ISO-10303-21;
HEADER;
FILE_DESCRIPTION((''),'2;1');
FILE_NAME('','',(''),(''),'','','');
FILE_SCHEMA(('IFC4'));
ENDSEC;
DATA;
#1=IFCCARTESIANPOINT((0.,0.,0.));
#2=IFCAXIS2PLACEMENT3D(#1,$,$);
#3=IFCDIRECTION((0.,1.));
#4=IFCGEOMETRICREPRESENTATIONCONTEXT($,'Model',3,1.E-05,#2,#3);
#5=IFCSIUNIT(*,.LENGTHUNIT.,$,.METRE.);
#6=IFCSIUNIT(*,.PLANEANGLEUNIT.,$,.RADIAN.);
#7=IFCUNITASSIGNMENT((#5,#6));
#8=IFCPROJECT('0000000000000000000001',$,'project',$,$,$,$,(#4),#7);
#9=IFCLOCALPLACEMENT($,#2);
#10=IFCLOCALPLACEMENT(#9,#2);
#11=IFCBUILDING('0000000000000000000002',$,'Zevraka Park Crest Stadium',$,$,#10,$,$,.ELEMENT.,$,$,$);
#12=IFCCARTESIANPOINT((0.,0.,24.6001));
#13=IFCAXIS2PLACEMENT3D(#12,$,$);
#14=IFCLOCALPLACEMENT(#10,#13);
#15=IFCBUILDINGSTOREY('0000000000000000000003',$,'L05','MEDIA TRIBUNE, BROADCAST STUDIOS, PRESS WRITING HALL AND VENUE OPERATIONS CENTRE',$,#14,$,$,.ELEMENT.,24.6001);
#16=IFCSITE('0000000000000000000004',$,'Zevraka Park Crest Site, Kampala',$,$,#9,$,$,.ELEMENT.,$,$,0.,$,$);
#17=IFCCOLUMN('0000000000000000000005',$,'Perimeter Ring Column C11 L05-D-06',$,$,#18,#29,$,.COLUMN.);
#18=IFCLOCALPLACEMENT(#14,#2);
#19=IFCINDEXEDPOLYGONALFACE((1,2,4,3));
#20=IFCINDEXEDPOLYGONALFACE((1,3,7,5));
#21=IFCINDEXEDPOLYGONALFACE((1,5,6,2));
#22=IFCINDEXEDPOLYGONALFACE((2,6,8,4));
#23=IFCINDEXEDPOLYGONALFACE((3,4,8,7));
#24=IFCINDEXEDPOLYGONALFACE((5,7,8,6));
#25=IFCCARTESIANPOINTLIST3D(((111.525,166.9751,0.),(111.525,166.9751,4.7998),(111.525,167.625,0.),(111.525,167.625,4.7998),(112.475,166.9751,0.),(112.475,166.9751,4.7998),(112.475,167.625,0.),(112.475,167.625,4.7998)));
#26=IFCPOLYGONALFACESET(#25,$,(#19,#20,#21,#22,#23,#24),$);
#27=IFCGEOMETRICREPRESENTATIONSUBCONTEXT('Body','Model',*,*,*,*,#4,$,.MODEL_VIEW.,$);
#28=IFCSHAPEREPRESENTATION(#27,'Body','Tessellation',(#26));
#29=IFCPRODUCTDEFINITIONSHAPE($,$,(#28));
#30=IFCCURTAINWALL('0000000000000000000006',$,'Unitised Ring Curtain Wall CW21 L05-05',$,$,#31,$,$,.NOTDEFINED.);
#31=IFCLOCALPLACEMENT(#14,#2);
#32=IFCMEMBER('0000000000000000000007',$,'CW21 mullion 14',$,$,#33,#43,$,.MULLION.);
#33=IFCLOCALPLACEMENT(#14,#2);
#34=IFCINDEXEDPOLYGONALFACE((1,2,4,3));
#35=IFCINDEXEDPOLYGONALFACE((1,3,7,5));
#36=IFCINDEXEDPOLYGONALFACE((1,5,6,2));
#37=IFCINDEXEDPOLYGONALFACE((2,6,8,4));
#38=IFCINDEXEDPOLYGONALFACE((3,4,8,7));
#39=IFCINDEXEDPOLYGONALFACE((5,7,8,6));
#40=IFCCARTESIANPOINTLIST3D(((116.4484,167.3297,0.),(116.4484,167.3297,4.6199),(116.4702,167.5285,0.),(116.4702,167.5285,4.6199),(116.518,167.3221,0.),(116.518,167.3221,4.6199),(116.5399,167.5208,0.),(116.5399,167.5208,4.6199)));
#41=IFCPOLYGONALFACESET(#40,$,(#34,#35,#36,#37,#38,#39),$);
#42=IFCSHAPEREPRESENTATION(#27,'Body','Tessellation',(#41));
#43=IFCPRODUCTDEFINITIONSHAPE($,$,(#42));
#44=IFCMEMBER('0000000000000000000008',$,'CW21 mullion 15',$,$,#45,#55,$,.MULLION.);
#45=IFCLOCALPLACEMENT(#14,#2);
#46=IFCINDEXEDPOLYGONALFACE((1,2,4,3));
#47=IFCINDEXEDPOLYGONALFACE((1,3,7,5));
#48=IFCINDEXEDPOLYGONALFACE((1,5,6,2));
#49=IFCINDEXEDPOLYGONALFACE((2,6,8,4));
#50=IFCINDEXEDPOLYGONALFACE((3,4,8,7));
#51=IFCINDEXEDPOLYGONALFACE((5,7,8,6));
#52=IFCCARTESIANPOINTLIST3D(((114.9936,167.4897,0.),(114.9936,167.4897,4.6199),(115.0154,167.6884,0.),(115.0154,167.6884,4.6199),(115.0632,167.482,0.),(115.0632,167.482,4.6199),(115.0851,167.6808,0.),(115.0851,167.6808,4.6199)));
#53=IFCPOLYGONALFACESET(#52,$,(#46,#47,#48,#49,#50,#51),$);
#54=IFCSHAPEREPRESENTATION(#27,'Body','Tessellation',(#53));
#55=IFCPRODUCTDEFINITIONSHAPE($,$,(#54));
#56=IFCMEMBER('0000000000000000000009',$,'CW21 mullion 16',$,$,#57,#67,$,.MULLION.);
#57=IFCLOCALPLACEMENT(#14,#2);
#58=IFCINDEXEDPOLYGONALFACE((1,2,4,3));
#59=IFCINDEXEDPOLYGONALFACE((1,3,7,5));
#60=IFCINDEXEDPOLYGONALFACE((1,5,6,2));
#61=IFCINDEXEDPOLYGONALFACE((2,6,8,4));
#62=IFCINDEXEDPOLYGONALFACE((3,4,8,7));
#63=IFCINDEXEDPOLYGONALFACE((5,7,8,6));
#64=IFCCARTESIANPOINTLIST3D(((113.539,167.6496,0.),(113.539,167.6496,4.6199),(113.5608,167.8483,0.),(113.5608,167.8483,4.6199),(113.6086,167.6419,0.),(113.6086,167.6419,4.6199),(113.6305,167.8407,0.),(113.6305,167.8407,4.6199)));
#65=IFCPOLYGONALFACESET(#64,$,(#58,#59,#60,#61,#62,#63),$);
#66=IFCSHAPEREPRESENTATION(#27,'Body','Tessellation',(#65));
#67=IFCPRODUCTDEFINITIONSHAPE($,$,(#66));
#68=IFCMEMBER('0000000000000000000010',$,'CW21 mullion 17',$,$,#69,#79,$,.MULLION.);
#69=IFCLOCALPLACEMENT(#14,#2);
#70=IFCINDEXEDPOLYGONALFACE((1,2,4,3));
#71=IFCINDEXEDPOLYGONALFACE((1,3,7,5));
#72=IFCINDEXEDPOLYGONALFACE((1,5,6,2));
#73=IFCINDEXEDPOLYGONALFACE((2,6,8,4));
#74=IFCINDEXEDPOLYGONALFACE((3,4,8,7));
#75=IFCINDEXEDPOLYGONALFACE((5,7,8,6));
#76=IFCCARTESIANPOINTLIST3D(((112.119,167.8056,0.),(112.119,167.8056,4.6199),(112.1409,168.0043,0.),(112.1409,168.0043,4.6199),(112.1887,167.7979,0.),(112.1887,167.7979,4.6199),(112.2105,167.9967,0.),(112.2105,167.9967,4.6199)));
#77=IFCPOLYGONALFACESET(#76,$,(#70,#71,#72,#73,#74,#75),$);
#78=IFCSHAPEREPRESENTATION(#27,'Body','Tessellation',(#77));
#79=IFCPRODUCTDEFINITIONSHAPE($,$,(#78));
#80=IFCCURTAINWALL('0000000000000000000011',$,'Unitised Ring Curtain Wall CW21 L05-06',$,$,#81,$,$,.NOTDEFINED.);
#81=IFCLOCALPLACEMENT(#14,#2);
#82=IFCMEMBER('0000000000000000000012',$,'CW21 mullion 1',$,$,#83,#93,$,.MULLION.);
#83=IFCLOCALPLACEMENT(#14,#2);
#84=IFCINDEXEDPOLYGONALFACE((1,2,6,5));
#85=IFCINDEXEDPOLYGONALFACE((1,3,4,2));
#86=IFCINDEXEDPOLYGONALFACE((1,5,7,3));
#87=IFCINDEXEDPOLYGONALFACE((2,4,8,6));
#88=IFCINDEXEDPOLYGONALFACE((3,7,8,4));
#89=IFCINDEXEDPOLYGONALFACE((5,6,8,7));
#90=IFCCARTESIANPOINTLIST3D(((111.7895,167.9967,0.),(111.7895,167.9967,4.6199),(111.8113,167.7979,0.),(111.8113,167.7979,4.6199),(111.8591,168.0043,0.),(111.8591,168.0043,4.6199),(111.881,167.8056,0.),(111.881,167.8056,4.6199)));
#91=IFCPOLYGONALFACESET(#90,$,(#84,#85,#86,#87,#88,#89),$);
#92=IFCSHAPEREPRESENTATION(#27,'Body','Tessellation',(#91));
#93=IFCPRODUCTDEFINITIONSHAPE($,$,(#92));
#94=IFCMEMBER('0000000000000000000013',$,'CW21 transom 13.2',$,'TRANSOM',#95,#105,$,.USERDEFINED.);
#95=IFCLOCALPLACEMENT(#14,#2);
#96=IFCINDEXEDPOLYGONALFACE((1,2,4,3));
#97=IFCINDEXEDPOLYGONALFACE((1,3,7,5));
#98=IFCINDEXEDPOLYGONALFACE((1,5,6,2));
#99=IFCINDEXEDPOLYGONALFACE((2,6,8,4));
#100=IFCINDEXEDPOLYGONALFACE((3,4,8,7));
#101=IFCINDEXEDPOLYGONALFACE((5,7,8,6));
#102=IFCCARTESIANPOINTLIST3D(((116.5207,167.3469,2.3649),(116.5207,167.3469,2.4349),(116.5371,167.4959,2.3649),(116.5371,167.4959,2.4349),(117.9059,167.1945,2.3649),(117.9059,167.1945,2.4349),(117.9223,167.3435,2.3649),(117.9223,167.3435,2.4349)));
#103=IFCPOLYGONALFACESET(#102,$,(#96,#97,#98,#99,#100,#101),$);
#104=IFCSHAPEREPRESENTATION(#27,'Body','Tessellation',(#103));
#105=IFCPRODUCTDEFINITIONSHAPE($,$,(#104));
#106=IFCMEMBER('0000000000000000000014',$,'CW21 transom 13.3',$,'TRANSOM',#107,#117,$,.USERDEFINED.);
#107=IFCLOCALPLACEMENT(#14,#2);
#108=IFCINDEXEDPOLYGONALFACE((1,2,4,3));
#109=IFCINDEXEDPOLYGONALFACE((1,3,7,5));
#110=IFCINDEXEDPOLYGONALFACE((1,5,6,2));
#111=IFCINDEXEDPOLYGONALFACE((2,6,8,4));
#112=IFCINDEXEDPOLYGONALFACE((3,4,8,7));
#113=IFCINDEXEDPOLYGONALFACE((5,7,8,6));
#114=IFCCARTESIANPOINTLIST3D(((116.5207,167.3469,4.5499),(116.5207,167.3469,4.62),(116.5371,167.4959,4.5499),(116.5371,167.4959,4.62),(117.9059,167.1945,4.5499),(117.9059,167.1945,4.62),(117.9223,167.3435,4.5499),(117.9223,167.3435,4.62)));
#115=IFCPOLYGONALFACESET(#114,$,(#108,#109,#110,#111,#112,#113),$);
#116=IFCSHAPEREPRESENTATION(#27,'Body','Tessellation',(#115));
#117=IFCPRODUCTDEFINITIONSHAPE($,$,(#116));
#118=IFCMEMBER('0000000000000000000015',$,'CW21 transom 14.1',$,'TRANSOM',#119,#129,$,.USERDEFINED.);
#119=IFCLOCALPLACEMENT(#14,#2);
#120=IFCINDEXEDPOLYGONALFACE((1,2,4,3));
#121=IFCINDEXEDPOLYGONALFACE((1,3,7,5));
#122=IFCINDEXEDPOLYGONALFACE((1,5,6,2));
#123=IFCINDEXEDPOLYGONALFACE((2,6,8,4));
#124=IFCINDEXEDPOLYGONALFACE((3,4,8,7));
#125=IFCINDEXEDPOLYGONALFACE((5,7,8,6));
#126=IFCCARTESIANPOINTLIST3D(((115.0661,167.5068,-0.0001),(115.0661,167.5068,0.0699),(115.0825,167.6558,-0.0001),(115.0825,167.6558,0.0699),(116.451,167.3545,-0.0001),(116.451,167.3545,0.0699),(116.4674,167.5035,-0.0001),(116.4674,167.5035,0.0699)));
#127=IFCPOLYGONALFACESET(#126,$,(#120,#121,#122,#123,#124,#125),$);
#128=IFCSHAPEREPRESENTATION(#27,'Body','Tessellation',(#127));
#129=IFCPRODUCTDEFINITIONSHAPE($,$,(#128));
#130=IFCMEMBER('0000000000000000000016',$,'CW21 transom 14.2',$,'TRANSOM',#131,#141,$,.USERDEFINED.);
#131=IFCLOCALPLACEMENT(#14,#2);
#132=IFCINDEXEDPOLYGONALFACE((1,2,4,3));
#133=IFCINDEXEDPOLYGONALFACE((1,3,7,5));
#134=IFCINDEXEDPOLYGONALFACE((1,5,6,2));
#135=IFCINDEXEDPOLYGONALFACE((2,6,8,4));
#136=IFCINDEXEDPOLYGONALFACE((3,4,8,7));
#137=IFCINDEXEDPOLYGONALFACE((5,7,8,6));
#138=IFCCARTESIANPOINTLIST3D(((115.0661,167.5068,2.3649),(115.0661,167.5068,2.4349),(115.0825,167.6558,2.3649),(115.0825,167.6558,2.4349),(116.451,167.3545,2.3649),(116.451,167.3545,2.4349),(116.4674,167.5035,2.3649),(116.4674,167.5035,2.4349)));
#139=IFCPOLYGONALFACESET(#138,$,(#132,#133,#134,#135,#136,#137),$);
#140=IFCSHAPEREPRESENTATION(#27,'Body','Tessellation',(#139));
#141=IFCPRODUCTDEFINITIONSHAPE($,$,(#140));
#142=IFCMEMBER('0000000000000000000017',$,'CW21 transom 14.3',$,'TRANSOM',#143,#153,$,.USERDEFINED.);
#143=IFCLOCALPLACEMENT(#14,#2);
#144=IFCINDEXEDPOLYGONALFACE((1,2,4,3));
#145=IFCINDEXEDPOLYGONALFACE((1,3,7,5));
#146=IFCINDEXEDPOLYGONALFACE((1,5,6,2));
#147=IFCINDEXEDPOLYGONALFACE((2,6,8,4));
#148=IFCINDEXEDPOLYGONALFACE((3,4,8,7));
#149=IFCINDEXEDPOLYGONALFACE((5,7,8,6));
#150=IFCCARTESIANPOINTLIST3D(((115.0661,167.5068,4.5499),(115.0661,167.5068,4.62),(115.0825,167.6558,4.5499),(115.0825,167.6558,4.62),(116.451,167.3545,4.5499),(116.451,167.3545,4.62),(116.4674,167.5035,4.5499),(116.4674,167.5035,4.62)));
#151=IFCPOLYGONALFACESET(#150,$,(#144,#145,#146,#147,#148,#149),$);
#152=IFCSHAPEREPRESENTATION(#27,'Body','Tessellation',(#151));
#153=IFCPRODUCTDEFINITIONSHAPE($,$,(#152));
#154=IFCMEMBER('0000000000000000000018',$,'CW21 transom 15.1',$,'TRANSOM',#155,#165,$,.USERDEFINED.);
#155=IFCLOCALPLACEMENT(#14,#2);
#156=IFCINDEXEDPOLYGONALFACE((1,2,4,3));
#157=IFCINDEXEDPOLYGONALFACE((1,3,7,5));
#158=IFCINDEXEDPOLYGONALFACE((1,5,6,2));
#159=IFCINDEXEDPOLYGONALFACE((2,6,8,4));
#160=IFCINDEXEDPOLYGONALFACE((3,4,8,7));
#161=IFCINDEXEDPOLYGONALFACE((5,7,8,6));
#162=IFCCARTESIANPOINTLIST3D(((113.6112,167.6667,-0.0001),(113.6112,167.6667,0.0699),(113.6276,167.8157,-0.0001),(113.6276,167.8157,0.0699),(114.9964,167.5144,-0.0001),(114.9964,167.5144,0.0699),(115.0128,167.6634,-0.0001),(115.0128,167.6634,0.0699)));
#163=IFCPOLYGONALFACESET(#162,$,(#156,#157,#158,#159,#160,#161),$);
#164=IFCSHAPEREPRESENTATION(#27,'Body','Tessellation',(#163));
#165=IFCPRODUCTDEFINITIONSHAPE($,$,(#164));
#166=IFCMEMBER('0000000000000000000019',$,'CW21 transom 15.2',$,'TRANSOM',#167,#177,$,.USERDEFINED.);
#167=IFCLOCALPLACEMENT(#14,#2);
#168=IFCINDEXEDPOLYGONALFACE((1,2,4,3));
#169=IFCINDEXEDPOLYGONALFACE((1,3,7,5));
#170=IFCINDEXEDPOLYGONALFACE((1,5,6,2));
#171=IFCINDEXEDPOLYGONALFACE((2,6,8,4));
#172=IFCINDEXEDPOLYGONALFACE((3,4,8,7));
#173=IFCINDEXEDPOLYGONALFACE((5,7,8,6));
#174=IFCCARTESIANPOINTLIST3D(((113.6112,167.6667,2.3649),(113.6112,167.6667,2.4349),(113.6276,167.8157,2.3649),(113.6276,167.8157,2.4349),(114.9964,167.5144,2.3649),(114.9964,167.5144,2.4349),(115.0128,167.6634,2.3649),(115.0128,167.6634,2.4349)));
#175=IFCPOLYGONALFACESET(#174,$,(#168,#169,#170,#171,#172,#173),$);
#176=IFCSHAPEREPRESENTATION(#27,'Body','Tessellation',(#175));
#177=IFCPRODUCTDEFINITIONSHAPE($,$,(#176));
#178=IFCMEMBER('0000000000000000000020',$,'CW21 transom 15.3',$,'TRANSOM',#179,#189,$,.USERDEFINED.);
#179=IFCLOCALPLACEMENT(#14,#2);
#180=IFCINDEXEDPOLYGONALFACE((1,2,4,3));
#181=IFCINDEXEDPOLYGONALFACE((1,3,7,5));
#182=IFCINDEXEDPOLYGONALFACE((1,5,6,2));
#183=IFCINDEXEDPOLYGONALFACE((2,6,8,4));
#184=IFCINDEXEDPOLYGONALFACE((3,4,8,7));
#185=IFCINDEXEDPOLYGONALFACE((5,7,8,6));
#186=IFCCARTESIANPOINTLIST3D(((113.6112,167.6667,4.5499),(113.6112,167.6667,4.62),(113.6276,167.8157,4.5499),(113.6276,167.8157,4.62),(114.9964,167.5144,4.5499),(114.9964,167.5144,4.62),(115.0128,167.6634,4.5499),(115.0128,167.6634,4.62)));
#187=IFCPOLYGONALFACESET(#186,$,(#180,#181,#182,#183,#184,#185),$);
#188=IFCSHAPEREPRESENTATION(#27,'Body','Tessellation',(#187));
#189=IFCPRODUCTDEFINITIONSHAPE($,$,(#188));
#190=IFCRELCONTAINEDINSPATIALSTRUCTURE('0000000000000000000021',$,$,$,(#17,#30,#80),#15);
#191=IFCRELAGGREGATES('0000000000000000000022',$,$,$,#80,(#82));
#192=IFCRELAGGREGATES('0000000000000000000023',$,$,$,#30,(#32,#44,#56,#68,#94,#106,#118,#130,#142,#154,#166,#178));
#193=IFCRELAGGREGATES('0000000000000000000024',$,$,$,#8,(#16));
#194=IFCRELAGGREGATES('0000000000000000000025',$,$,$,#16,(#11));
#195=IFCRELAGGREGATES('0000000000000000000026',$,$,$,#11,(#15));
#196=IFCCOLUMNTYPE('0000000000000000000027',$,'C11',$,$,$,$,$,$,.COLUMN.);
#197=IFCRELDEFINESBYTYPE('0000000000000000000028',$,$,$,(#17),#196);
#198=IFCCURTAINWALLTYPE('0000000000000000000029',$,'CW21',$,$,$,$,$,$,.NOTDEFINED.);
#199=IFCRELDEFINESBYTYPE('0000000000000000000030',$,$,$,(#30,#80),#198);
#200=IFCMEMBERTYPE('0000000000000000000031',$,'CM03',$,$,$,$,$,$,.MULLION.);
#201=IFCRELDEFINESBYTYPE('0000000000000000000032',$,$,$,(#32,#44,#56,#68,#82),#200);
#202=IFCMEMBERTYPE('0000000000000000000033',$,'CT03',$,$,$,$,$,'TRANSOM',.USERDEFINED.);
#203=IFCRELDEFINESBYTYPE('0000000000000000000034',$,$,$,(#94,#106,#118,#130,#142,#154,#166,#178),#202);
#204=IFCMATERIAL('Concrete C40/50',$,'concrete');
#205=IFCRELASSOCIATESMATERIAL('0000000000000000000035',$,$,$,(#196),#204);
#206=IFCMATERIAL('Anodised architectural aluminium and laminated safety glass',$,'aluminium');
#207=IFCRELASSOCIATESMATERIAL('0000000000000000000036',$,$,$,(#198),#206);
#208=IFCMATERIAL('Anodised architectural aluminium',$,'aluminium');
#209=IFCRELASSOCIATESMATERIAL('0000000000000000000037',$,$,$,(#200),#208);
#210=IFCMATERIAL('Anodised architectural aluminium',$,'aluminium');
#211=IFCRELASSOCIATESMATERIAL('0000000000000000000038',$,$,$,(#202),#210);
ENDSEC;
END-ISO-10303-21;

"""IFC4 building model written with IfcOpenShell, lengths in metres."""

from ifc_helpers import new_model, si_unit, direction, frame, origin, origin_2d, place, context, subcontext, project, spatial, rectangle, extrude, material, material_profile, profile_set, type_object, element, aggregate, save


model = new_model("IFC4")

# Units and contexts
model_context = context("Model", 3, precision=1e-05, world=origin(), true_north=direction((0.0, 1.0)))
body_context = subcontext(model_context, "Body", "Model", "MODEL_VIEW")
ifc_project = project(units=[si_unit("LENGTHUNIT", "METRE"), si_unit("PLANEANGLEUNIT", "RADIAN")], contexts=[model_context])

# Site, building, storey
site_placement = place(None, origin())
site = spatial("IfcSite", under=ifc_project, at=site_placement, Name="Zevraka Park Crest Site, Kampala", CompositionType="ELEMENT", RefElevation=0.0)
building_placement = place(site_placement, origin())
building = spatial("IfcBuilding", under=site, at=building_placement, Name="Zevraka Park Crest Stadium", CompositionType="ELEMENT")
storey_placement = place(building_placement, frame((0.0, 0.0, 24.6001)))
storey = spatial("IfcBuildingStorey", under=building, at=storey_placement, Name="L05", Description="MEDIA TRIBUNE, BROADCAST STUDIOS, PRESS WRITING HALL AND VENUE OPERATIONS CENTRE", CompositionType="ELEMENT", Elevation=24.6001)

# Column
ifc_material_1 = material(Name="Concrete C40/50", Category="concrete")
ifc_material_profile_1 = material_profile(ifc_material_1, rectangle(XDim=0.6499, YDim=0.95, at=origin_2d()), Name="RC 950x650")
ifc_profile_set_1 = profile_set([ifc_material_profile_1], Name="Concrete C40/50")
column_type = type_object("IfcColumnType", Name="C11", PredefinedType="COLUMN", material=ifc_profile_set_1)
column_placement = place(storey_placement, frame((112.0, 167.3, 0.0), z_axis=(0.0, 0.0, 1.0), x_axis=(0.0, 1.0, 0.0)))
element("IfcColumn", 1, at=column_placement, inside=storey, type_object=column_type, Name="Perimeter Ring Column C11 L05-D-06", PredefinedType="COLUMN", context=body_context, shape_type="SweptSolid", body=[
    extrude(rectangle(XDim=0.6499, YDim=0.95, at=origin_2d()), origin(), (0.0, 0.0, 1.0), 4.7998),
])

# Curtain wall, members
ifc_material_2 = material(Name="Anodised architectural aluminium and laminated safety glass", Category="aluminium")
curtain_wall_type = type_object("IfcCurtainWallType", Name="CW21", PredefinedType="NOTDEFINED", material=ifc_material_2)
curtain_wall_1_placement = place(storey_placement, origin())
curtain_wall_1 = element("IfcCurtainWall", 2, at=curtain_wall_1_placement, inside=storey, type_object=curtain_wall_type, Name="Unitised Ring Curtain Wall CW21 L05-05", PredefinedType="NOTDEFINED")
ifc_material_3 = material(Name="Anodised architectural aluminium", Category="aluminium")
ifc_material_profile_2 = material_profile(ifc_material_3, rectangle(XDim=0.2, YDim=0.0701, at=origin_2d()), Name="ALU MULLION 200x70")
ifc_profile_set_2 = profile_set([ifc_material_profile_2], Name="Anodised architectural aluminium")
member_type_1 = type_object("IfcMemberType", Name="CM03", PredefinedType="MULLION", material=ifc_profile_set_2)
member_1_placement = place(storey_placement, frame((116.4941, 167.4253, 0.0), z_axis=(0.0, 0.0, 1.0), x_axis=(-0.109288, -0.99401, 0.0)))
member_1 = element("IfcMember", 3, at=member_1_placement, type_object=member_type_1, Name="CW21 mullion 14", PredefinedType="MULLION", context=body_context, shape_type="SweptSolid", body=[
    extrude(rectangle(XDim=0.2, YDim=0.0701, at=origin_2d()), origin(), (0.0, 0.0, 1.0), 4.6199),
])
member_2_placement = place(storey_placement, frame((115.0393, 167.5852, 0.0), z_axis=(0.0, 0.0, 1.0), x_axis=(-0.109288, -0.99401, 0.0)))
member_2 = element("IfcMember", 4, at=member_2_placement, type_object=member_type_1, Name="CW21 mullion 15", PredefinedType="MULLION", context=body_context, shape_type="SweptSolid", body=[
    extrude(rectangle(XDim=0.2, YDim=0.0701, at=origin_2d()), origin(), (0.0, 0.0, 1.0), 4.6199),
])
member_3_placement = place(storey_placement, frame((113.5847, 167.7451, 0.0), z_axis=(0.0, 0.0, 1.0), x_axis=(-0.109288, -0.99401, 0.0)))
member_3 = element("IfcMember", 5, at=member_3_placement, type_object=member_type_1, Name="CW21 mullion 16", PredefinedType="MULLION", context=body_context, shape_type="SweptSolid", body=[
    extrude(rectangle(XDim=0.2, YDim=0.0701, at=origin_2d()), origin(), (0.0, 0.0, 1.0), 4.6199),
])
member_4_placement = place(storey_placement, frame((112.1648, 167.9011, 0.0), z_axis=(0.0, 0.0, 1.0), x_axis=(-0.109288, -0.99401, 0.0)))
member_4 = element("IfcMember", 6, at=member_4_placement, type_object=member_type_1, Name="CW21 mullion 17", PredefinedType="MULLION", context=body_context, shape_type="SweptSolid", body=[
    extrude(rectangle(XDim=0.2, YDim=0.0701, at=origin_2d()), origin(), (0.0, 0.0, 1.0), 4.6199),
])

# Curtain wall, member
curtain_wall_2_placement = place(storey_placement, origin())
curtain_wall_2 = element("IfcCurtainWall", 7, at=curtain_wall_2_placement, inside=storey, type_object=curtain_wall_type, Name="Unitised Ring Curtain Wall CW21 L05-06", PredefinedType="NOTDEFINED")
member_5_placement = place(storey_placement, frame((111.8352, 167.9011, 0.0), z_axis=(0.0, 0.0, 1.0), x_axis=(0.109288, -0.99401, 0.0)))
member_5 = element("IfcMember", 8, at=member_5_placement, type_object=member_type_1, Name="CW21 mullion 1", PredefinedType="MULLION", context=body_context, shape_type="SweptSolid", body=[
    extrude(rectangle(XDim=0.2, YDim=0.0701, at=origin_2d()), origin(), (0.0, 0.0, 1.0), 4.6199),
])

# Members
ifc_material_4 = material(Name="Anodised architectural aluminium", Category="aluminium")
ifc_material_profile_3 = material_profile(ifc_material_4, rectangle(XDim=0.1499, YDim=0.0701, at=origin_2d()), Name="ALU TRANSOM 150x70")
ifc_profile_set_3 = profile_set([ifc_material_profile_3], Name="Anodised architectural aluminium")
member_type_2 = type_object("IfcMemberType", Name="CT03", ElementType="TRANSOM", PredefinedType="USERDEFINED", material=ifc_profile_set_3)
member_6_placement = place(storey_placement, frame((117.9141, 167.269, 2.3999), z_axis=(-0.994007, 0.109316, 0.0), x_axis=(-0.109316, -0.994007, 0.0)))
member_6 = element("IfcMember", 9, at=member_6_placement, type_object=member_type_2, Name="CW21 transom 13.2", ObjectType="TRANSOM", PredefinedType="USERDEFINED", context=body_context, shape_type="SweptSolid", body=[
    extrude(rectangle(XDim=0.1499, YDim=0.0701, at=origin_2d()), origin(), (0.0, 0.0, 1.0), 1.3936),
])
member_7_placement = place(storey_placement, frame((117.9141, 167.269, 4.585), z_axis=(-0.994007, 0.109316, 0.0), x_axis=(-0.109316, -0.994007, 0.0)))
member_7 = element("IfcMember", 10, at=member_7_placement, type_object=member_type_2, Name="CW21 transom 13.3", ObjectType="TRANSOM", PredefinedType="USERDEFINED", context=body_context, shape_type="SweptSolid", body=[
    extrude(rectangle(XDim=0.1499, YDim=0.0701, at=origin_2d()), origin(), (0.0, 0.0, 1.0), 1.3936),
])
member_8_placement = place(storey_placement, frame((116.4592, 167.429, 0.0349), z_axis=(-0.994005, 0.109335, 0.0), x_axis=(-0.109335, -0.994005, 0.0)))
member_8 = element("IfcMember", 11, at=member_8_placement, type_object=member_type_2, Name="CW21 transom 14.1", ObjectType="TRANSOM", PredefinedType="USERDEFINED", context=body_context, shape_type="SweptSolid", body=[
    extrude(rectangle(XDim=0.1499, YDim=0.0701, at=origin_2d()), origin(), (0.0, 0.0, 1.0), 1.3933),
])
member_9_placement = place(storey_placement, frame((116.4592, 167.429, 2.3999), z_axis=(-0.994005, 0.109335, 0.0), x_axis=(-0.109335, -0.994005, 0.0)))
member_9 = element("IfcMember", 12, at=member_9_placement, type_object=member_type_2, Name="CW21 transom 14.2", ObjectType="TRANSOM", PredefinedType="USERDEFINED", context=body_context, shape_type="SweptSolid", body=[
    extrude(rectangle(XDim=0.1499, YDim=0.0701, at=origin_2d()), origin(), (0.0, 0.0, 1.0), 1.3933),
])
member_10_placement = place(storey_placement, frame((116.4592, 167.429, 4.585), z_axis=(-0.994005, 0.109335, 0.0), x_axis=(-0.109335, -0.994005, 0.0)))
member_10 = element("IfcMember", 13, at=member_10_placement, type_object=member_type_2, Name="CW21 transom 14.3", ObjectType="TRANSOM", PredefinedType="USERDEFINED", context=body_context, shape_type="SweptSolid", body=[
    extrude(rectangle(XDim=0.1499, YDim=0.0701, at=origin_2d()), origin(), (0.0, 0.0, 1.0), 1.3933),
])
member_11_placement = place(storey_placement, frame((115.0046, 167.5889, 0.0349), z_axis=(-0.994007, 0.109316, 0.0), x_axis=(-0.109316, -0.994007, 0.0)))
member_11 = element("IfcMember", 14, at=member_11_placement, type_object=member_type_2, Name="CW21 transom 15.1", ObjectType="TRANSOM", PredefinedType="USERDEFINED", context=body_context, shape_type="SweptSolid", body=[
    extrude(rectangle(XDim=0.1499, YDim=0.0701, at=origin_2d()), origin(), (0.0, 0.0, 1.0), 1.3936),
])
member_12_placement = place(storey_placement, frame((115.0046, 167.5889, 2.3999), z_axis=(-0.994007, 0.109316, 0.0), x_axis=(-0.109316, -0.994007, 0.0)))
member_12 = element("IfcMember", 15, at=member_12_placement, type_object=member_type_2, Name="CW21 transom 15.2", ObjectType="TRANSOM", PredefinedType="USERDEFINED", context=body_context, shape_type="SweptSolid", body=[
    extrude(rectangle(XDim=0.1499, YDim=0.0701, at=origin_2d()), origin(), (0.0, 0.0, 1.0), 1.3936),
])
member_13_placement = place(storey_placement, frame((115.0046, 167.5889, 4.585), z_axis=(-0.994007, 0.109316, 0.0), x_axis=(-0.109316, -0.994007, 0.0)))
member_13 = element("IfcMember", 16, at=member_13_placement, type_object=member_type_2, Name="CW21 transom 15.3", ObjectType="TRANSOM", PredefinedType="USERDEFINED", context=body_context, shape_type="SweptSolid", body=[
    extrude(rectangle(XDim=0.1499, YDim=0.0701, at=origin_2d()), origin(), (0.0, 0.0, 1.0), 1.3936),
])
aggregate(curtain_wall_2, [member_5])

aggregate(curtain_wall_1, [member_1, member_2, member_3, member_4, member_6, member_7, member_8, member_9, member_10, member_11, member_12, member_13])

save(model, "model.ifc")
